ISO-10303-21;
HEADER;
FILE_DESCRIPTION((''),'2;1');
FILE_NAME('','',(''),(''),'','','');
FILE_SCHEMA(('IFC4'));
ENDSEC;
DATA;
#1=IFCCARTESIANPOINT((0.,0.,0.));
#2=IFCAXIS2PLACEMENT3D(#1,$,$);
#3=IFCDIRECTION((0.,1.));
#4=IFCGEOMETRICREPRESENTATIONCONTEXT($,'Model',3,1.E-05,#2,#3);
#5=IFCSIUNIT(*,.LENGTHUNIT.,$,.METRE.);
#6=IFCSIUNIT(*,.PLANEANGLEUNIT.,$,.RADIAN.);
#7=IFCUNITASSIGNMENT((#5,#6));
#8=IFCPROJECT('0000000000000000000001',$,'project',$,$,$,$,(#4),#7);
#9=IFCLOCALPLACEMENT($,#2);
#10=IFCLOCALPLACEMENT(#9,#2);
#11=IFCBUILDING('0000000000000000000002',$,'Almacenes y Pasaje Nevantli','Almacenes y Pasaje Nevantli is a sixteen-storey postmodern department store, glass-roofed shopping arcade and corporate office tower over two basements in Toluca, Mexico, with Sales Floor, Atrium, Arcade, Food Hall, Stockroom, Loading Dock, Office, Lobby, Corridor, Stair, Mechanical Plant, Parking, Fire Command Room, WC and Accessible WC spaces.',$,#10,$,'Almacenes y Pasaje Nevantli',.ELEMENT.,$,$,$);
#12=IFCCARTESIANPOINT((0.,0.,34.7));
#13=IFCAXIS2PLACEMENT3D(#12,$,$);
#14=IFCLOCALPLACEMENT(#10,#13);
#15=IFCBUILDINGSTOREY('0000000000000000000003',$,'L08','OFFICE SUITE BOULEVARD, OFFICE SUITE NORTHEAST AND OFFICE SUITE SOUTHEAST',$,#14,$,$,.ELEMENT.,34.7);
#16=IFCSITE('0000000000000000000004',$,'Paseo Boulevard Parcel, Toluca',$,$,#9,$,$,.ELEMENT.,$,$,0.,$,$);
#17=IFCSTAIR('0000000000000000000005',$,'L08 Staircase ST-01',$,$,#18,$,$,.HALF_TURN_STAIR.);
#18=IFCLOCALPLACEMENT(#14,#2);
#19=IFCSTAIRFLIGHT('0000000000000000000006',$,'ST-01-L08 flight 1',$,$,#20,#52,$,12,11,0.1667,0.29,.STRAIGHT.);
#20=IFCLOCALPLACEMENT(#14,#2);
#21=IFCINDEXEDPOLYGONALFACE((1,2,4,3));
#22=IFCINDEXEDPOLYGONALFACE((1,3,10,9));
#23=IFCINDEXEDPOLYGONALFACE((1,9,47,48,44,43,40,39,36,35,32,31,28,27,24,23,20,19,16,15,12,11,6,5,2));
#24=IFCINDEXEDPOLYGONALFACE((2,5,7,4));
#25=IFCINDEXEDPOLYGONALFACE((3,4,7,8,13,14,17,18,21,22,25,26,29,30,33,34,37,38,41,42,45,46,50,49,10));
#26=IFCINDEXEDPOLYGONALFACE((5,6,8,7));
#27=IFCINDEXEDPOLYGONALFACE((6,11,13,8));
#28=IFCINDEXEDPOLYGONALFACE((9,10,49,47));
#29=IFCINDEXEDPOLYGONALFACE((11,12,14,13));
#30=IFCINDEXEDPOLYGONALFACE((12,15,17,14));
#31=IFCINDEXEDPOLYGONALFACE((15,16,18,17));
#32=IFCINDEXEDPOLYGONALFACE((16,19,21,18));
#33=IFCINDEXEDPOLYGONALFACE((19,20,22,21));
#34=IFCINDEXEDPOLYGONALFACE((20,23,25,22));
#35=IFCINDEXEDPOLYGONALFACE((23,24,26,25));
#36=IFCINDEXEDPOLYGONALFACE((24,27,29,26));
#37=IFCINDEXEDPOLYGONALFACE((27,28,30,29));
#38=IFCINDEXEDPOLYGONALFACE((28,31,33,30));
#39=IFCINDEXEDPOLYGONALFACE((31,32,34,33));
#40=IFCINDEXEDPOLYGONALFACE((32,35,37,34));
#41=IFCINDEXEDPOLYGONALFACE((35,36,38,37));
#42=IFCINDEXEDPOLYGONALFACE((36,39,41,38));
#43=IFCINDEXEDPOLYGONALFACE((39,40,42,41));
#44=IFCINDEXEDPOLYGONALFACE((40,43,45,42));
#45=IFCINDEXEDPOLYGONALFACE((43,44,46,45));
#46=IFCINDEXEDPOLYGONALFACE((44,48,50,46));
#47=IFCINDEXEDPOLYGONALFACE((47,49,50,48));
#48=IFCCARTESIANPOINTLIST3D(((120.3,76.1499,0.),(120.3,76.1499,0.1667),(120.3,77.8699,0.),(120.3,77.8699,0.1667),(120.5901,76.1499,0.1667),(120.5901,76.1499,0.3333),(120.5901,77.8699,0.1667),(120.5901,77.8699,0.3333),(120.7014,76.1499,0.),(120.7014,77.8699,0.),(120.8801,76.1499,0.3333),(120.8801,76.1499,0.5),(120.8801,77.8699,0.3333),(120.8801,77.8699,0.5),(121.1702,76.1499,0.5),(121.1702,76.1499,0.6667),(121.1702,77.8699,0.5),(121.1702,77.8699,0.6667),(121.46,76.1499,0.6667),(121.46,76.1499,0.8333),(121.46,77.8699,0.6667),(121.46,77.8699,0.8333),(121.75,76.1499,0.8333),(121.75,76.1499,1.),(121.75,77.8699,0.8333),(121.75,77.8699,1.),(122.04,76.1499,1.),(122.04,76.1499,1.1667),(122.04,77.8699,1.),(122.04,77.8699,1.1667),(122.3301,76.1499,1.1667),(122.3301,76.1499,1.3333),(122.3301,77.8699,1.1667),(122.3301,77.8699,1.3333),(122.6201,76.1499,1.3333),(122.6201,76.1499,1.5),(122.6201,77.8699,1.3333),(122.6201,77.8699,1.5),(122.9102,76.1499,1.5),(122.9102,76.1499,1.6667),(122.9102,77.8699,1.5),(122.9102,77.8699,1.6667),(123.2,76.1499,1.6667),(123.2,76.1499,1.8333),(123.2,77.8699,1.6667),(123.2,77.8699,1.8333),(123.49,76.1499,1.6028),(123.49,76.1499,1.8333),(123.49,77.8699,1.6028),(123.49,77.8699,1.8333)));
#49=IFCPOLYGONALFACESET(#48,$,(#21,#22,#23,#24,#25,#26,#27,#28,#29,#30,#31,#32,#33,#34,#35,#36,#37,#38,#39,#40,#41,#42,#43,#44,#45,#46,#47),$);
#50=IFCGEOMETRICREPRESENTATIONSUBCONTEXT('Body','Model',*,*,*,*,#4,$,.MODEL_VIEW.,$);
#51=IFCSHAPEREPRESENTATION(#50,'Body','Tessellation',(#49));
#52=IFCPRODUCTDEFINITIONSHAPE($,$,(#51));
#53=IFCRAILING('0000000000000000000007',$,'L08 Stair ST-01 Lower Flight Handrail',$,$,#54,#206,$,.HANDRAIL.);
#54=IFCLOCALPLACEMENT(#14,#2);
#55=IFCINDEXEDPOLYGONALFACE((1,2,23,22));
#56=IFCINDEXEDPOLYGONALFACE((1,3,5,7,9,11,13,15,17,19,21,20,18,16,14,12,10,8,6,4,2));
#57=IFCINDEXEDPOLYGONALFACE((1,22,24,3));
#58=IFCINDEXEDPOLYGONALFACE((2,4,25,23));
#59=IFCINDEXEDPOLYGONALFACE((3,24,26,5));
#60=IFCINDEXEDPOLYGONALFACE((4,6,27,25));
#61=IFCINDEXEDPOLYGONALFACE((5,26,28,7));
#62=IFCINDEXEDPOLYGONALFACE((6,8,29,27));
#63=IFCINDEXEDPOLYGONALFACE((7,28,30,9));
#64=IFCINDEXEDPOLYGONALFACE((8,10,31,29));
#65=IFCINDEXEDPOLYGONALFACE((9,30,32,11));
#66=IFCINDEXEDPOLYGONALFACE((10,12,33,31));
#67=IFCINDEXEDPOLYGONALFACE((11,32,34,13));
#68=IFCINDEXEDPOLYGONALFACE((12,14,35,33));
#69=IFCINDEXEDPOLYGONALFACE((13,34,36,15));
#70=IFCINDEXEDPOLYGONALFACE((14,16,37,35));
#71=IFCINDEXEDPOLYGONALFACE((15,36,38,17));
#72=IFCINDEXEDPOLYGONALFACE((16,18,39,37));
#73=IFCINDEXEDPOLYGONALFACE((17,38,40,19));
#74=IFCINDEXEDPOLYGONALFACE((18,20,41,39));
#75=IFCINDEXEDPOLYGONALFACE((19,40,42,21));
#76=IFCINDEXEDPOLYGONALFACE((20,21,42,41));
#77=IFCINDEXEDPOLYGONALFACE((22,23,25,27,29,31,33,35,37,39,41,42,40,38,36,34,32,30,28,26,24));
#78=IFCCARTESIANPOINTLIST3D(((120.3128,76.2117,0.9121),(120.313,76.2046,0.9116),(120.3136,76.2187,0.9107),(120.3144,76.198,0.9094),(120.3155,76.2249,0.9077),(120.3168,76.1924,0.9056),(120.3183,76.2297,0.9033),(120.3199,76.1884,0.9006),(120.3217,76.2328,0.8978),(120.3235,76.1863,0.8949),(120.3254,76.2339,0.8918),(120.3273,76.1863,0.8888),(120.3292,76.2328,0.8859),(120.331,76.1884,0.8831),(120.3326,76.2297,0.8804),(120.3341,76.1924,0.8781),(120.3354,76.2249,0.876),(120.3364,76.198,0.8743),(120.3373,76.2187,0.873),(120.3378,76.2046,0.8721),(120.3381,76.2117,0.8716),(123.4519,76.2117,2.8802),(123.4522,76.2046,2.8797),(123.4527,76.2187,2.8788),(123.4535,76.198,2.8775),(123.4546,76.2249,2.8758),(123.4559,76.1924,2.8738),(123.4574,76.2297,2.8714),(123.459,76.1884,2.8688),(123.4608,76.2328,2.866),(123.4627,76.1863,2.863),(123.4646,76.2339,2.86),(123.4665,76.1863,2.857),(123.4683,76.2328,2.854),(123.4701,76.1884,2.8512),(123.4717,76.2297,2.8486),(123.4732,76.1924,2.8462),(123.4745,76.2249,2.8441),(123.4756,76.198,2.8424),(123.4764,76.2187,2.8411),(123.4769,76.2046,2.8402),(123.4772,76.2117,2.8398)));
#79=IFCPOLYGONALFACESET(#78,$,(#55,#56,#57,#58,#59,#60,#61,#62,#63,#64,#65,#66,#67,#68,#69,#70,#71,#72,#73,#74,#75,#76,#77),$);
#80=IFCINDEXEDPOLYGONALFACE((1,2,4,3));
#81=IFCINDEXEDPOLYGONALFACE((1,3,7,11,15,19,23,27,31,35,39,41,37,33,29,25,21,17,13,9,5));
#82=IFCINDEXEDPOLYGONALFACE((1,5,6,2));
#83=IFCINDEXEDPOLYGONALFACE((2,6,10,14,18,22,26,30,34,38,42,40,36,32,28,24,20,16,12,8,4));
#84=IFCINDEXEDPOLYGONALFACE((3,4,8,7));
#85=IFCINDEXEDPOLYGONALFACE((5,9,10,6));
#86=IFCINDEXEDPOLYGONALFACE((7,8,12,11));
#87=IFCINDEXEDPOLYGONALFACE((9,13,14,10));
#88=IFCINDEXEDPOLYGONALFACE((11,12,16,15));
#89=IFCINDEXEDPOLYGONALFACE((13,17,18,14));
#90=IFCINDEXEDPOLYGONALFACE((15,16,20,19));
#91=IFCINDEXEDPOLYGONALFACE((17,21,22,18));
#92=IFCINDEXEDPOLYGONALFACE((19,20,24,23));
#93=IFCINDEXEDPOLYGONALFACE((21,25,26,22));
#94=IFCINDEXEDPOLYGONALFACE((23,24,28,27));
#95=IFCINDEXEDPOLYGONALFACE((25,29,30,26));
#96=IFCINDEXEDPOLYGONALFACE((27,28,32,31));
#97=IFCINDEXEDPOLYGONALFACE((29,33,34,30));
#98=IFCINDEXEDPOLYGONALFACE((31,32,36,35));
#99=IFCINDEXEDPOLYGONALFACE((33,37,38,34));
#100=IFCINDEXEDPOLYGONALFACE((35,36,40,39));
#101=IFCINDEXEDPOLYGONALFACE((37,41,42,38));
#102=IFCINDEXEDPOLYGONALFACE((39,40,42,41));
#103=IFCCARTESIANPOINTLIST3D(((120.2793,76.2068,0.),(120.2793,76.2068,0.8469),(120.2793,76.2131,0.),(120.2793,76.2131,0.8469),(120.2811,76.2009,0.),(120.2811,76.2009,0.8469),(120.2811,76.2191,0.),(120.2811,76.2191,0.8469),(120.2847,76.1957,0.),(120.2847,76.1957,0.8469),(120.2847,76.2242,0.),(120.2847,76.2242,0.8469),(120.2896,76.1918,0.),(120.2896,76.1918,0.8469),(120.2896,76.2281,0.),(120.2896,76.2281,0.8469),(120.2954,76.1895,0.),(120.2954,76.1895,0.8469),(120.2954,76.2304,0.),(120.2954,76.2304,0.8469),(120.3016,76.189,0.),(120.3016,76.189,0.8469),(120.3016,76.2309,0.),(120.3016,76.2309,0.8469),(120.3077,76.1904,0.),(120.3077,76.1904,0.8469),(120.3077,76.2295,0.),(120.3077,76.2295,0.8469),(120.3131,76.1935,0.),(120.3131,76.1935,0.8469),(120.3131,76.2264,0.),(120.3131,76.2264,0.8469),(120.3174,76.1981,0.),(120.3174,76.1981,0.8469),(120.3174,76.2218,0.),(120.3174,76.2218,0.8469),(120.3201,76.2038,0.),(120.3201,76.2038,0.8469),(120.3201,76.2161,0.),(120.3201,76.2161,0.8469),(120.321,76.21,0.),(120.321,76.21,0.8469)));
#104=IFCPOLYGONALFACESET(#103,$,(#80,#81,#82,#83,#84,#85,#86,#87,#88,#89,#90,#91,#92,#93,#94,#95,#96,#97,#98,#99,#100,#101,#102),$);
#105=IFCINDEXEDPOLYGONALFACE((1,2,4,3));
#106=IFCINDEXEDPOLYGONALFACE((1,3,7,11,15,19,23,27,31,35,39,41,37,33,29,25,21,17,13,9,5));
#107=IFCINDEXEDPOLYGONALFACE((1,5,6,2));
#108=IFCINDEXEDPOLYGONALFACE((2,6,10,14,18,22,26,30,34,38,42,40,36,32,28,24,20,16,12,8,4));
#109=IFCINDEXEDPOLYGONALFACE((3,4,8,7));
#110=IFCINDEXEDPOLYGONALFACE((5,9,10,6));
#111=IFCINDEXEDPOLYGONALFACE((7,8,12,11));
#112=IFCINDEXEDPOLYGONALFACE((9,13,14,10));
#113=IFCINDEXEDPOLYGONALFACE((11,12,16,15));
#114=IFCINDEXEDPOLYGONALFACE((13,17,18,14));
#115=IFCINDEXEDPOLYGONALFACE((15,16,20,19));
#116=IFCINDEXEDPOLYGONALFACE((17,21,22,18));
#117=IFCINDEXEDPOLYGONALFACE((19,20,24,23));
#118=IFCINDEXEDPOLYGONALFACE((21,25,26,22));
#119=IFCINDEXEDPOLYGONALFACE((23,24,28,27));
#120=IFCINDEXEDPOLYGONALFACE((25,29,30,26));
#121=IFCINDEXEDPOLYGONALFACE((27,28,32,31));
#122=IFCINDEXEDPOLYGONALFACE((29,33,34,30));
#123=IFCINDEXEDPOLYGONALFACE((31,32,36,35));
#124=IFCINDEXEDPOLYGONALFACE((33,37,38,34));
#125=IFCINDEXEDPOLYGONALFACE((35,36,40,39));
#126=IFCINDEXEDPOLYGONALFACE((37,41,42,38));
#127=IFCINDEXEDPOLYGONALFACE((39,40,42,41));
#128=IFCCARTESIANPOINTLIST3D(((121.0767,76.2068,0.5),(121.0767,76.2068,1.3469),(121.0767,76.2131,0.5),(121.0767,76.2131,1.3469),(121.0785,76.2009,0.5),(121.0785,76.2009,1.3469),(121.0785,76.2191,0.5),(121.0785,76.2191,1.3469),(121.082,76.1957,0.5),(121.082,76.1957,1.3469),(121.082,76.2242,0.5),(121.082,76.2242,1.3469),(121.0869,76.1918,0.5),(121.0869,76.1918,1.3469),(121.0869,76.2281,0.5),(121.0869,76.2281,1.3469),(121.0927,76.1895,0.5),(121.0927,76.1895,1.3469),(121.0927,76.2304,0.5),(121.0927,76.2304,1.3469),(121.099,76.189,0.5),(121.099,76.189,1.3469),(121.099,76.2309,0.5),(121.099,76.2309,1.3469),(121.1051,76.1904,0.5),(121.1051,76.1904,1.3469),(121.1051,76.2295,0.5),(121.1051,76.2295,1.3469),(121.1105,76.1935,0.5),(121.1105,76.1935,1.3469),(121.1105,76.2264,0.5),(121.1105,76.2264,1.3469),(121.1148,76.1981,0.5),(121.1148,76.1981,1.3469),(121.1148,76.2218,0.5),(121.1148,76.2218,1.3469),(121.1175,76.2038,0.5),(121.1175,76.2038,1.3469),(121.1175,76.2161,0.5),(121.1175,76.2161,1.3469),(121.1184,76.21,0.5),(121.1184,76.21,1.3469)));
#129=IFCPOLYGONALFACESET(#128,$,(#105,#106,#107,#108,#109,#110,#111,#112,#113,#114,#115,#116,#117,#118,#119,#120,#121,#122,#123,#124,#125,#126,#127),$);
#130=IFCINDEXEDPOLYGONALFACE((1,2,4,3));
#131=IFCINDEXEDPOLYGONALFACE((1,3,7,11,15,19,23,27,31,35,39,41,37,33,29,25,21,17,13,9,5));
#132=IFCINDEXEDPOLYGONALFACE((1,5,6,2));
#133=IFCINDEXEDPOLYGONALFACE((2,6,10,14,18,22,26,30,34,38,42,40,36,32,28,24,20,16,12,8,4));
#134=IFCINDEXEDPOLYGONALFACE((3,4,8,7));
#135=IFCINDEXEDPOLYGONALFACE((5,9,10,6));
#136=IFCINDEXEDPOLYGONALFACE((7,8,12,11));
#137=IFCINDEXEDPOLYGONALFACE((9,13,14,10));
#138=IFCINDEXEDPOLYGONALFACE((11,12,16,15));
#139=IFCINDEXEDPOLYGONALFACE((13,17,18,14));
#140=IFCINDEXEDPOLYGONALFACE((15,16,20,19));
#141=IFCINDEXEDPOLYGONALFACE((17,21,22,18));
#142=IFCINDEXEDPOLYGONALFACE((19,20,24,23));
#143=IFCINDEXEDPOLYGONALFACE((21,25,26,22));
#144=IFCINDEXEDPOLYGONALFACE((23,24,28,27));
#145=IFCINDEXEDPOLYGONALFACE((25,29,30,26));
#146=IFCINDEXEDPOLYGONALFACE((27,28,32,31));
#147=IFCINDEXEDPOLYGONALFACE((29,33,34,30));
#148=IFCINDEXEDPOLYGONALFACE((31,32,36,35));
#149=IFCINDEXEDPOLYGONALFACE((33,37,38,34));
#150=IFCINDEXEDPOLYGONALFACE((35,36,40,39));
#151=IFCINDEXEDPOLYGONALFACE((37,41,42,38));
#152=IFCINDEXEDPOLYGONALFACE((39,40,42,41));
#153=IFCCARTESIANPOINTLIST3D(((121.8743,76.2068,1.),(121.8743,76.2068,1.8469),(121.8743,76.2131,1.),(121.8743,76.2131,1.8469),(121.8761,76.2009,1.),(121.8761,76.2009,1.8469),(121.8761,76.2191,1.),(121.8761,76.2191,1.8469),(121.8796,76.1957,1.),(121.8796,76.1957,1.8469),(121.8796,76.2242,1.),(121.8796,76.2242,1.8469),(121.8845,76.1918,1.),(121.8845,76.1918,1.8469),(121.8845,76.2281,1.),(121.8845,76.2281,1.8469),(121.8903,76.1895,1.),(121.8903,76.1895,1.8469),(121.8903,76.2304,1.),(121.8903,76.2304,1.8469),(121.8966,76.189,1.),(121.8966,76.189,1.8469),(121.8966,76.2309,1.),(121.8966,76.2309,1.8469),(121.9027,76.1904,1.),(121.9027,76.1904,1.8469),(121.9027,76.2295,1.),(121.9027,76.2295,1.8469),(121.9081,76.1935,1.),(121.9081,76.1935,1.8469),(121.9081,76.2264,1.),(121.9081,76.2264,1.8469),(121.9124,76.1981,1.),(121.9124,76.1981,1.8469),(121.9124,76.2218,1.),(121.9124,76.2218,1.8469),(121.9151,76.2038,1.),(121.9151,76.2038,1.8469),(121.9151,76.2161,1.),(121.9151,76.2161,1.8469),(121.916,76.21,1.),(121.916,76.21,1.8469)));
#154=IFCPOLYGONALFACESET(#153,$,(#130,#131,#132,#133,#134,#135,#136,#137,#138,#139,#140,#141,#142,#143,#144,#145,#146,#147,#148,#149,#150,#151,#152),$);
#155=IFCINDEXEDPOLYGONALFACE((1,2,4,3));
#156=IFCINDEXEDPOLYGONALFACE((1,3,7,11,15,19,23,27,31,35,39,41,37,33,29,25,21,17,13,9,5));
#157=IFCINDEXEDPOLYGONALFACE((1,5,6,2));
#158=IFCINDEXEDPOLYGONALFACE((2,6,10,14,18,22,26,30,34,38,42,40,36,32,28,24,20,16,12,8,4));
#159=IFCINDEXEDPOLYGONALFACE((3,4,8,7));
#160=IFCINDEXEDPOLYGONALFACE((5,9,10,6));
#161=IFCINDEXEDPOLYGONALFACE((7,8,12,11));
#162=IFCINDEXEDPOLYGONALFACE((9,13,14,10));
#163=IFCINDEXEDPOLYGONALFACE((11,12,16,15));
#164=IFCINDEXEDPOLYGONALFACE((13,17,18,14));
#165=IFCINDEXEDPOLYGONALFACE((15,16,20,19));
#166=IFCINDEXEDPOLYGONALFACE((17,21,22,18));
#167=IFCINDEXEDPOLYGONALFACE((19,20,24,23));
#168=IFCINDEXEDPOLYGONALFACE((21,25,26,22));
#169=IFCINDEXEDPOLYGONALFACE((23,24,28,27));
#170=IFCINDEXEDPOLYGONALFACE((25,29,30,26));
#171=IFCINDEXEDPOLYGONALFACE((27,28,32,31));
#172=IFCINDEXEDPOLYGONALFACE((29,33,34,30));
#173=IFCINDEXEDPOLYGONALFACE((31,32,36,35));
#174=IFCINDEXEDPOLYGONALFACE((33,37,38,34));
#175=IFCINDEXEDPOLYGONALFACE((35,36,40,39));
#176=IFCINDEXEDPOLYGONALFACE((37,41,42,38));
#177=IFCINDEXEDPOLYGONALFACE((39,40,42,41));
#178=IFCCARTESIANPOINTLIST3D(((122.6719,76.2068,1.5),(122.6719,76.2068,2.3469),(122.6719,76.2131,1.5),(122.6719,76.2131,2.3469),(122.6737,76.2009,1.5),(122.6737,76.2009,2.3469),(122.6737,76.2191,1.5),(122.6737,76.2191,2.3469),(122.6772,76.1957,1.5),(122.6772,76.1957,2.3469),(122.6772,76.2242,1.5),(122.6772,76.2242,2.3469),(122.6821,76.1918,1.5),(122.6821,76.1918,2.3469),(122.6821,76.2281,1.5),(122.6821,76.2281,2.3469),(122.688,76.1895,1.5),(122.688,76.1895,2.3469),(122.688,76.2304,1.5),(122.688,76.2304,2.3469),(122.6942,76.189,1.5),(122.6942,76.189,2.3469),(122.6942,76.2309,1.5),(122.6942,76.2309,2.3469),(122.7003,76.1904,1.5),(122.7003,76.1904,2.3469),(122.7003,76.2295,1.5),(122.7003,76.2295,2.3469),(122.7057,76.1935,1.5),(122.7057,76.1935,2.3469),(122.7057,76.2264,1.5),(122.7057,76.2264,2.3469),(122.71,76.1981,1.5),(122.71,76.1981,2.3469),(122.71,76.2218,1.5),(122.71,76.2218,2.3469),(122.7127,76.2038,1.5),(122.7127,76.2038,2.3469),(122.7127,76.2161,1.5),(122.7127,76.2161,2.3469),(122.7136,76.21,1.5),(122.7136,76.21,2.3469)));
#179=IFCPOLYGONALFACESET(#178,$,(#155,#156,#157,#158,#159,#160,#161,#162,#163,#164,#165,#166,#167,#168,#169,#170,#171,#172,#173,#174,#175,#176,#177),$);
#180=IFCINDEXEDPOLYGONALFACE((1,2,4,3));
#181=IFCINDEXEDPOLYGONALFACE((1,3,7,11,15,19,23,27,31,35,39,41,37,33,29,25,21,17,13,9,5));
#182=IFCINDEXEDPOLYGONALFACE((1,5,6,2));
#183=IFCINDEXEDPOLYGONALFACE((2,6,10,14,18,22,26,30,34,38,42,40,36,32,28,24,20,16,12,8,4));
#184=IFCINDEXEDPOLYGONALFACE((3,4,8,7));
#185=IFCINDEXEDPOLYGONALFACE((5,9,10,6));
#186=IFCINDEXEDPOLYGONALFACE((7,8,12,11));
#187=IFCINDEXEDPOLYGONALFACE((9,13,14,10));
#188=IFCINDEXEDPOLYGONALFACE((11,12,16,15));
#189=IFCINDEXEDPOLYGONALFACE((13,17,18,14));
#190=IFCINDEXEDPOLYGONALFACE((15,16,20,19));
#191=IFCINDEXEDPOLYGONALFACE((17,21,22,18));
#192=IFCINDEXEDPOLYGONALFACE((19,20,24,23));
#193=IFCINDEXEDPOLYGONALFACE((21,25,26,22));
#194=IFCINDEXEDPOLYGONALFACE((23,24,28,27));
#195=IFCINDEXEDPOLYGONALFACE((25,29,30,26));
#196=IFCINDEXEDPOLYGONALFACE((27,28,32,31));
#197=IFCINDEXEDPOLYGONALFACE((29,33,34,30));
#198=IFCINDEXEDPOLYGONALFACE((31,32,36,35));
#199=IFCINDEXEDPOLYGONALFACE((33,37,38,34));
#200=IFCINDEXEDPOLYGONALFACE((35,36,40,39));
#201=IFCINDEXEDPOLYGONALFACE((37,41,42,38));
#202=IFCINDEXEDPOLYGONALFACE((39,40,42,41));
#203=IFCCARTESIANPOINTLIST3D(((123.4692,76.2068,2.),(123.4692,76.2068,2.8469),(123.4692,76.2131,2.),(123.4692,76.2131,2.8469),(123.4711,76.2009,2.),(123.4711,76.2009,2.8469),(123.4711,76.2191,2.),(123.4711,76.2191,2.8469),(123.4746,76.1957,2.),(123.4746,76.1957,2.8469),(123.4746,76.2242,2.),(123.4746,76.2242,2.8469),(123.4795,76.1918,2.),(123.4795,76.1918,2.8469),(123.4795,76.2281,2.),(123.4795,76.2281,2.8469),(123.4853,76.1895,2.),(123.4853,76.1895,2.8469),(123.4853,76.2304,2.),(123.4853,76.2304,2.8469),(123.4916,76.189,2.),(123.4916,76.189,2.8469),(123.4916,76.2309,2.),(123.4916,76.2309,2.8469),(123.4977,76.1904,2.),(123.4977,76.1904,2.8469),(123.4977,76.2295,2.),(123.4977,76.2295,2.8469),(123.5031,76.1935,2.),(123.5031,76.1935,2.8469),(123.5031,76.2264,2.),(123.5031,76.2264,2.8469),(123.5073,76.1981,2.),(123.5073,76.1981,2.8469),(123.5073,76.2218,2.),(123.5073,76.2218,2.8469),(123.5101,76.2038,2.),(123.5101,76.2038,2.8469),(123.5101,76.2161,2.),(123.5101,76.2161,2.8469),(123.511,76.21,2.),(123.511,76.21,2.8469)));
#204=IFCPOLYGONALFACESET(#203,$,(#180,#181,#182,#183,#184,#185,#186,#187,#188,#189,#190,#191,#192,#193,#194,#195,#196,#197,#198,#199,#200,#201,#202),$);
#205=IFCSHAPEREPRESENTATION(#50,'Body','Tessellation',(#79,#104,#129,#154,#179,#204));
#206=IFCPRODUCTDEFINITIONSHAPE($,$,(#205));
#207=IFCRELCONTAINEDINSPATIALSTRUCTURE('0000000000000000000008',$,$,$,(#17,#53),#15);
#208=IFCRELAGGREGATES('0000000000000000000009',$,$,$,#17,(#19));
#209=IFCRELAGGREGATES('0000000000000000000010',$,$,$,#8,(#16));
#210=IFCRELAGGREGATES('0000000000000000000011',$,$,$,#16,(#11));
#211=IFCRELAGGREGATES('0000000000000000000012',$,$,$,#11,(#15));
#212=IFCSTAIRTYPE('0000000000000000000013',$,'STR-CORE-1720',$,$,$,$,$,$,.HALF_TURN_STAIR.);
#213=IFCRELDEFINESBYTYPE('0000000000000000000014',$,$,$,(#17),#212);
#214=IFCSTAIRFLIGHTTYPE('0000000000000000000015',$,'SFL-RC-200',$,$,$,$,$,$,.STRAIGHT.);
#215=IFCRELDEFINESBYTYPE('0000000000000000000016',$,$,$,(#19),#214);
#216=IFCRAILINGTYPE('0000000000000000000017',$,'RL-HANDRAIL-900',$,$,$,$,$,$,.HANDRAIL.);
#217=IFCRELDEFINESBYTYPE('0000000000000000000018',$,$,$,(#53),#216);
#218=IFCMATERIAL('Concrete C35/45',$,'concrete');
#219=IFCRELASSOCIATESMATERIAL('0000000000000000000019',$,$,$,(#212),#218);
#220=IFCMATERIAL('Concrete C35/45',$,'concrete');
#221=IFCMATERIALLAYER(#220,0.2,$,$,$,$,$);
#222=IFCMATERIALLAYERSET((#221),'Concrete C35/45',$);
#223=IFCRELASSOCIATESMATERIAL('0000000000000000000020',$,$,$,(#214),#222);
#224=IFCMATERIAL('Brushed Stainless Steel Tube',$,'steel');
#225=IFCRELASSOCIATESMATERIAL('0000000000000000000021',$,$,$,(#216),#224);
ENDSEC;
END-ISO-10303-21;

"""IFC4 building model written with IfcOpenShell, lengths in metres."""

from ifc_helpers import new_model, si_unit, direction, frame, origin, origin_2d, place, context, subcontext, project, spatial, polyline, circle, outline, extrude, material, layer, layer_set, type_object, element, aggregate, save


model = new_model("IFC4")

# Units and contexts
model_context = context("Model", 3, precision=1e-05, world=origin(), true_north=direction((0.0, 1.0)))
body_context = subcontext(model_context, "Body", "Model", "MODEL_VIEW")
ifc_project = project(units=[si_unit("LENGTHUNIT", "METRE"), si_unit("PLANEANGLEUNIT", "RADIAN")], contexts=[model_context])

# Site, building, storey
site_placement = place(None, origin())
site = spatial("IfcSite", under=ifc_project, at=site_placement, Name="Paseo Boulevard Parcel, Toluca", CompositionType="ELEMENT", RefElevation=0.0)
building_placement = place(site_placement, origin())
building = spatial("IfcBuilding", under=site, at=building_placement, Name="Almacenes y Pasaje Nevantli", Description="Almacenes y Pasaje Nevantli is a sixteen-storey postmodern department store, glass-roofed shopping arcade and corporate office tower over two basements in Toluca, Mexico, with Sales Floor, Atrium, Arcade, Food Hall, Stockroom, Loading Dock, Office, Lobby, Corridor, Stair, Mechanical Plant, Parking, Fire Command Room, WC and Accessible WC spaces.", LongName="Almacenes y Pasaje Nevantli", CompositionType="ELEMENT")
storey_placement = place(building_placement, frame((0.0, 0.0, 34.7)))
storey = spatial("IfcBuildingStorey", under=building, at=storey_placement, Name="L08", Description="OFFICE SUITE BOULEVARD, OFFICE SUITE NORTHEAST AND OFFICE SUITE SOUTHEAST", CompositionType="ELEMENT", Elevation=34.7)

# Stair, stair flight
ifc_material_1 = material(Name="Concrete C35/45", Category="concrete")
stair_type = type_object("IfcStairType", Name="STR-CORE-1720", PredefinedType="HALF_TURN_STAIR", material=ifc_material_1)
stair_placement = place(storey_placement, origin())
stair = element("IfcStair", 1, at=stair_placement, inside=storey, type_object=stair_type, Name="L08 Staircase ST-01", PredefinedType="HALF_TURN_STAIR")
ifc_material_2 = material(Name="Concrete C35/45", Category="concrete")
ifc_layer_1 = layer(ifc_material_2, 0.2)
ifc_layer_set_1 = layer_set([ifc_layer_1], Name="Concrete C35/45")
stair_flight_type = type_object("IfcStairFlightType", Name="SFL-RC-200", PredefinedType="STRAIGHT", material=ifc_layer_set_1)
stair_flight_placement = place(storey_placement, frame((120.3, 77.01, 0.0), z_axis=(0.0, 0.0, 1.0), x_axis=(1.0, 0.0, 0.0)))
stair_flight = element("IfcStairFlight", 2, at=stair_flight_placement, type_object=stair_flight_type, Name="ST-01-L08 flight 1", NumberOfRisers=12, NumberOfTreads=11, PredefinedType="STRAIGHT", RiserHeight=0.1667, TreadLength=0.29, context=body_context, shape_type="SweptSolid", body=[
    extrude(outline(polyline([(0.0, 0.0), (0.0, 0.1667), (0.29, 0.1667), (0.29, 0.3333), (0.5801, 0.3333), (0.5801, 0.5), (0.8701, 0.5), (0.8701, 0.6667), (1.1599, 0.6667), (1.1599, 0.8333), (1.45, 0.8333), (1.45, 1.0), (1.74, 1.0), (1.74, 1.1667), (2.03, 1.1667), (2.03, 1.3333), (2.3201, 1.3333), (2.3201, 1.5), (2.6101, 1.5), (2.6101, 1.6667), (2.8999, 1.6667), (2.8999, 1.8333), (3.1899, 1.8333), (3.1899, 2.0), (3.1899, 1.6028), (0.4014, 0.0), (0.0, 0.0)])), frame((0.0, 0.8599, 0.0), z_axis=(0.0, -1.0, 0.0), x_axis=(1.0, 0.0, 0.0)), (0.0, 0.0, 1.0), 1.72),
])
aggregate(stair, [stair_flight])

# Railing
ifc_material_3 = material(Name="Brushed Stainless Steel Tube", Category="steel")
railing_type = type_object("IfcRailingType", Name="RL-HANDRAIL-900", PredefinedType="HANDRAIL", material=ifc_material_3)
railing_placement = place(storey_placement, frame((120.3, 76.21, 0.0)))
element("IfcRailing", 3, at=railing_placement, inside=storey, type_object=railing_type, Name="L08 Stair ST-01 Lower Flight Handrail", PredefinedType="HANDRAIL", context=body_context, shape_type="SweptSolid", body=[
    extrude(circle(Radius=0.0239, at=origin_2d()), frame((0.0254, 0.0, 0.8918), z_axis=(0.847247, 0.0, 0.531199), x_axis=(0.0, 1.0, 0.0)), (0.0, 0.0, 1.0), 3.7051),
    extrude(circle(Radius=0.021, at=origin_2d()), origin(), (0.0, 0.0, 1.0), 0.8469),
    extrude(circle(Radius=0.021, at=origin_2d()), frame((0.7974, 0.0, 0.5)), (0.0, 0.0, 1.0), 0.8469),
    extrude(circle(Radius=0.021, at=origin_2d()), frame((1.595, 0.0, 1.0)), (0.0, 0.0, 1.0), 0.8469),
    extrude(circle(Radius=0.021, at=origin_2d()), frame((2.3926, 0.0, 1.5)), (0.0, 0.0, 1.0), 0.8469),
    extrude(circle(Radius=0.021, at=origin_2d()), frame((3.1899, 0.0, 2.0)), (0.0, 0.0, 1.0), 0.8469),
])

save(model, "model.ifc")
